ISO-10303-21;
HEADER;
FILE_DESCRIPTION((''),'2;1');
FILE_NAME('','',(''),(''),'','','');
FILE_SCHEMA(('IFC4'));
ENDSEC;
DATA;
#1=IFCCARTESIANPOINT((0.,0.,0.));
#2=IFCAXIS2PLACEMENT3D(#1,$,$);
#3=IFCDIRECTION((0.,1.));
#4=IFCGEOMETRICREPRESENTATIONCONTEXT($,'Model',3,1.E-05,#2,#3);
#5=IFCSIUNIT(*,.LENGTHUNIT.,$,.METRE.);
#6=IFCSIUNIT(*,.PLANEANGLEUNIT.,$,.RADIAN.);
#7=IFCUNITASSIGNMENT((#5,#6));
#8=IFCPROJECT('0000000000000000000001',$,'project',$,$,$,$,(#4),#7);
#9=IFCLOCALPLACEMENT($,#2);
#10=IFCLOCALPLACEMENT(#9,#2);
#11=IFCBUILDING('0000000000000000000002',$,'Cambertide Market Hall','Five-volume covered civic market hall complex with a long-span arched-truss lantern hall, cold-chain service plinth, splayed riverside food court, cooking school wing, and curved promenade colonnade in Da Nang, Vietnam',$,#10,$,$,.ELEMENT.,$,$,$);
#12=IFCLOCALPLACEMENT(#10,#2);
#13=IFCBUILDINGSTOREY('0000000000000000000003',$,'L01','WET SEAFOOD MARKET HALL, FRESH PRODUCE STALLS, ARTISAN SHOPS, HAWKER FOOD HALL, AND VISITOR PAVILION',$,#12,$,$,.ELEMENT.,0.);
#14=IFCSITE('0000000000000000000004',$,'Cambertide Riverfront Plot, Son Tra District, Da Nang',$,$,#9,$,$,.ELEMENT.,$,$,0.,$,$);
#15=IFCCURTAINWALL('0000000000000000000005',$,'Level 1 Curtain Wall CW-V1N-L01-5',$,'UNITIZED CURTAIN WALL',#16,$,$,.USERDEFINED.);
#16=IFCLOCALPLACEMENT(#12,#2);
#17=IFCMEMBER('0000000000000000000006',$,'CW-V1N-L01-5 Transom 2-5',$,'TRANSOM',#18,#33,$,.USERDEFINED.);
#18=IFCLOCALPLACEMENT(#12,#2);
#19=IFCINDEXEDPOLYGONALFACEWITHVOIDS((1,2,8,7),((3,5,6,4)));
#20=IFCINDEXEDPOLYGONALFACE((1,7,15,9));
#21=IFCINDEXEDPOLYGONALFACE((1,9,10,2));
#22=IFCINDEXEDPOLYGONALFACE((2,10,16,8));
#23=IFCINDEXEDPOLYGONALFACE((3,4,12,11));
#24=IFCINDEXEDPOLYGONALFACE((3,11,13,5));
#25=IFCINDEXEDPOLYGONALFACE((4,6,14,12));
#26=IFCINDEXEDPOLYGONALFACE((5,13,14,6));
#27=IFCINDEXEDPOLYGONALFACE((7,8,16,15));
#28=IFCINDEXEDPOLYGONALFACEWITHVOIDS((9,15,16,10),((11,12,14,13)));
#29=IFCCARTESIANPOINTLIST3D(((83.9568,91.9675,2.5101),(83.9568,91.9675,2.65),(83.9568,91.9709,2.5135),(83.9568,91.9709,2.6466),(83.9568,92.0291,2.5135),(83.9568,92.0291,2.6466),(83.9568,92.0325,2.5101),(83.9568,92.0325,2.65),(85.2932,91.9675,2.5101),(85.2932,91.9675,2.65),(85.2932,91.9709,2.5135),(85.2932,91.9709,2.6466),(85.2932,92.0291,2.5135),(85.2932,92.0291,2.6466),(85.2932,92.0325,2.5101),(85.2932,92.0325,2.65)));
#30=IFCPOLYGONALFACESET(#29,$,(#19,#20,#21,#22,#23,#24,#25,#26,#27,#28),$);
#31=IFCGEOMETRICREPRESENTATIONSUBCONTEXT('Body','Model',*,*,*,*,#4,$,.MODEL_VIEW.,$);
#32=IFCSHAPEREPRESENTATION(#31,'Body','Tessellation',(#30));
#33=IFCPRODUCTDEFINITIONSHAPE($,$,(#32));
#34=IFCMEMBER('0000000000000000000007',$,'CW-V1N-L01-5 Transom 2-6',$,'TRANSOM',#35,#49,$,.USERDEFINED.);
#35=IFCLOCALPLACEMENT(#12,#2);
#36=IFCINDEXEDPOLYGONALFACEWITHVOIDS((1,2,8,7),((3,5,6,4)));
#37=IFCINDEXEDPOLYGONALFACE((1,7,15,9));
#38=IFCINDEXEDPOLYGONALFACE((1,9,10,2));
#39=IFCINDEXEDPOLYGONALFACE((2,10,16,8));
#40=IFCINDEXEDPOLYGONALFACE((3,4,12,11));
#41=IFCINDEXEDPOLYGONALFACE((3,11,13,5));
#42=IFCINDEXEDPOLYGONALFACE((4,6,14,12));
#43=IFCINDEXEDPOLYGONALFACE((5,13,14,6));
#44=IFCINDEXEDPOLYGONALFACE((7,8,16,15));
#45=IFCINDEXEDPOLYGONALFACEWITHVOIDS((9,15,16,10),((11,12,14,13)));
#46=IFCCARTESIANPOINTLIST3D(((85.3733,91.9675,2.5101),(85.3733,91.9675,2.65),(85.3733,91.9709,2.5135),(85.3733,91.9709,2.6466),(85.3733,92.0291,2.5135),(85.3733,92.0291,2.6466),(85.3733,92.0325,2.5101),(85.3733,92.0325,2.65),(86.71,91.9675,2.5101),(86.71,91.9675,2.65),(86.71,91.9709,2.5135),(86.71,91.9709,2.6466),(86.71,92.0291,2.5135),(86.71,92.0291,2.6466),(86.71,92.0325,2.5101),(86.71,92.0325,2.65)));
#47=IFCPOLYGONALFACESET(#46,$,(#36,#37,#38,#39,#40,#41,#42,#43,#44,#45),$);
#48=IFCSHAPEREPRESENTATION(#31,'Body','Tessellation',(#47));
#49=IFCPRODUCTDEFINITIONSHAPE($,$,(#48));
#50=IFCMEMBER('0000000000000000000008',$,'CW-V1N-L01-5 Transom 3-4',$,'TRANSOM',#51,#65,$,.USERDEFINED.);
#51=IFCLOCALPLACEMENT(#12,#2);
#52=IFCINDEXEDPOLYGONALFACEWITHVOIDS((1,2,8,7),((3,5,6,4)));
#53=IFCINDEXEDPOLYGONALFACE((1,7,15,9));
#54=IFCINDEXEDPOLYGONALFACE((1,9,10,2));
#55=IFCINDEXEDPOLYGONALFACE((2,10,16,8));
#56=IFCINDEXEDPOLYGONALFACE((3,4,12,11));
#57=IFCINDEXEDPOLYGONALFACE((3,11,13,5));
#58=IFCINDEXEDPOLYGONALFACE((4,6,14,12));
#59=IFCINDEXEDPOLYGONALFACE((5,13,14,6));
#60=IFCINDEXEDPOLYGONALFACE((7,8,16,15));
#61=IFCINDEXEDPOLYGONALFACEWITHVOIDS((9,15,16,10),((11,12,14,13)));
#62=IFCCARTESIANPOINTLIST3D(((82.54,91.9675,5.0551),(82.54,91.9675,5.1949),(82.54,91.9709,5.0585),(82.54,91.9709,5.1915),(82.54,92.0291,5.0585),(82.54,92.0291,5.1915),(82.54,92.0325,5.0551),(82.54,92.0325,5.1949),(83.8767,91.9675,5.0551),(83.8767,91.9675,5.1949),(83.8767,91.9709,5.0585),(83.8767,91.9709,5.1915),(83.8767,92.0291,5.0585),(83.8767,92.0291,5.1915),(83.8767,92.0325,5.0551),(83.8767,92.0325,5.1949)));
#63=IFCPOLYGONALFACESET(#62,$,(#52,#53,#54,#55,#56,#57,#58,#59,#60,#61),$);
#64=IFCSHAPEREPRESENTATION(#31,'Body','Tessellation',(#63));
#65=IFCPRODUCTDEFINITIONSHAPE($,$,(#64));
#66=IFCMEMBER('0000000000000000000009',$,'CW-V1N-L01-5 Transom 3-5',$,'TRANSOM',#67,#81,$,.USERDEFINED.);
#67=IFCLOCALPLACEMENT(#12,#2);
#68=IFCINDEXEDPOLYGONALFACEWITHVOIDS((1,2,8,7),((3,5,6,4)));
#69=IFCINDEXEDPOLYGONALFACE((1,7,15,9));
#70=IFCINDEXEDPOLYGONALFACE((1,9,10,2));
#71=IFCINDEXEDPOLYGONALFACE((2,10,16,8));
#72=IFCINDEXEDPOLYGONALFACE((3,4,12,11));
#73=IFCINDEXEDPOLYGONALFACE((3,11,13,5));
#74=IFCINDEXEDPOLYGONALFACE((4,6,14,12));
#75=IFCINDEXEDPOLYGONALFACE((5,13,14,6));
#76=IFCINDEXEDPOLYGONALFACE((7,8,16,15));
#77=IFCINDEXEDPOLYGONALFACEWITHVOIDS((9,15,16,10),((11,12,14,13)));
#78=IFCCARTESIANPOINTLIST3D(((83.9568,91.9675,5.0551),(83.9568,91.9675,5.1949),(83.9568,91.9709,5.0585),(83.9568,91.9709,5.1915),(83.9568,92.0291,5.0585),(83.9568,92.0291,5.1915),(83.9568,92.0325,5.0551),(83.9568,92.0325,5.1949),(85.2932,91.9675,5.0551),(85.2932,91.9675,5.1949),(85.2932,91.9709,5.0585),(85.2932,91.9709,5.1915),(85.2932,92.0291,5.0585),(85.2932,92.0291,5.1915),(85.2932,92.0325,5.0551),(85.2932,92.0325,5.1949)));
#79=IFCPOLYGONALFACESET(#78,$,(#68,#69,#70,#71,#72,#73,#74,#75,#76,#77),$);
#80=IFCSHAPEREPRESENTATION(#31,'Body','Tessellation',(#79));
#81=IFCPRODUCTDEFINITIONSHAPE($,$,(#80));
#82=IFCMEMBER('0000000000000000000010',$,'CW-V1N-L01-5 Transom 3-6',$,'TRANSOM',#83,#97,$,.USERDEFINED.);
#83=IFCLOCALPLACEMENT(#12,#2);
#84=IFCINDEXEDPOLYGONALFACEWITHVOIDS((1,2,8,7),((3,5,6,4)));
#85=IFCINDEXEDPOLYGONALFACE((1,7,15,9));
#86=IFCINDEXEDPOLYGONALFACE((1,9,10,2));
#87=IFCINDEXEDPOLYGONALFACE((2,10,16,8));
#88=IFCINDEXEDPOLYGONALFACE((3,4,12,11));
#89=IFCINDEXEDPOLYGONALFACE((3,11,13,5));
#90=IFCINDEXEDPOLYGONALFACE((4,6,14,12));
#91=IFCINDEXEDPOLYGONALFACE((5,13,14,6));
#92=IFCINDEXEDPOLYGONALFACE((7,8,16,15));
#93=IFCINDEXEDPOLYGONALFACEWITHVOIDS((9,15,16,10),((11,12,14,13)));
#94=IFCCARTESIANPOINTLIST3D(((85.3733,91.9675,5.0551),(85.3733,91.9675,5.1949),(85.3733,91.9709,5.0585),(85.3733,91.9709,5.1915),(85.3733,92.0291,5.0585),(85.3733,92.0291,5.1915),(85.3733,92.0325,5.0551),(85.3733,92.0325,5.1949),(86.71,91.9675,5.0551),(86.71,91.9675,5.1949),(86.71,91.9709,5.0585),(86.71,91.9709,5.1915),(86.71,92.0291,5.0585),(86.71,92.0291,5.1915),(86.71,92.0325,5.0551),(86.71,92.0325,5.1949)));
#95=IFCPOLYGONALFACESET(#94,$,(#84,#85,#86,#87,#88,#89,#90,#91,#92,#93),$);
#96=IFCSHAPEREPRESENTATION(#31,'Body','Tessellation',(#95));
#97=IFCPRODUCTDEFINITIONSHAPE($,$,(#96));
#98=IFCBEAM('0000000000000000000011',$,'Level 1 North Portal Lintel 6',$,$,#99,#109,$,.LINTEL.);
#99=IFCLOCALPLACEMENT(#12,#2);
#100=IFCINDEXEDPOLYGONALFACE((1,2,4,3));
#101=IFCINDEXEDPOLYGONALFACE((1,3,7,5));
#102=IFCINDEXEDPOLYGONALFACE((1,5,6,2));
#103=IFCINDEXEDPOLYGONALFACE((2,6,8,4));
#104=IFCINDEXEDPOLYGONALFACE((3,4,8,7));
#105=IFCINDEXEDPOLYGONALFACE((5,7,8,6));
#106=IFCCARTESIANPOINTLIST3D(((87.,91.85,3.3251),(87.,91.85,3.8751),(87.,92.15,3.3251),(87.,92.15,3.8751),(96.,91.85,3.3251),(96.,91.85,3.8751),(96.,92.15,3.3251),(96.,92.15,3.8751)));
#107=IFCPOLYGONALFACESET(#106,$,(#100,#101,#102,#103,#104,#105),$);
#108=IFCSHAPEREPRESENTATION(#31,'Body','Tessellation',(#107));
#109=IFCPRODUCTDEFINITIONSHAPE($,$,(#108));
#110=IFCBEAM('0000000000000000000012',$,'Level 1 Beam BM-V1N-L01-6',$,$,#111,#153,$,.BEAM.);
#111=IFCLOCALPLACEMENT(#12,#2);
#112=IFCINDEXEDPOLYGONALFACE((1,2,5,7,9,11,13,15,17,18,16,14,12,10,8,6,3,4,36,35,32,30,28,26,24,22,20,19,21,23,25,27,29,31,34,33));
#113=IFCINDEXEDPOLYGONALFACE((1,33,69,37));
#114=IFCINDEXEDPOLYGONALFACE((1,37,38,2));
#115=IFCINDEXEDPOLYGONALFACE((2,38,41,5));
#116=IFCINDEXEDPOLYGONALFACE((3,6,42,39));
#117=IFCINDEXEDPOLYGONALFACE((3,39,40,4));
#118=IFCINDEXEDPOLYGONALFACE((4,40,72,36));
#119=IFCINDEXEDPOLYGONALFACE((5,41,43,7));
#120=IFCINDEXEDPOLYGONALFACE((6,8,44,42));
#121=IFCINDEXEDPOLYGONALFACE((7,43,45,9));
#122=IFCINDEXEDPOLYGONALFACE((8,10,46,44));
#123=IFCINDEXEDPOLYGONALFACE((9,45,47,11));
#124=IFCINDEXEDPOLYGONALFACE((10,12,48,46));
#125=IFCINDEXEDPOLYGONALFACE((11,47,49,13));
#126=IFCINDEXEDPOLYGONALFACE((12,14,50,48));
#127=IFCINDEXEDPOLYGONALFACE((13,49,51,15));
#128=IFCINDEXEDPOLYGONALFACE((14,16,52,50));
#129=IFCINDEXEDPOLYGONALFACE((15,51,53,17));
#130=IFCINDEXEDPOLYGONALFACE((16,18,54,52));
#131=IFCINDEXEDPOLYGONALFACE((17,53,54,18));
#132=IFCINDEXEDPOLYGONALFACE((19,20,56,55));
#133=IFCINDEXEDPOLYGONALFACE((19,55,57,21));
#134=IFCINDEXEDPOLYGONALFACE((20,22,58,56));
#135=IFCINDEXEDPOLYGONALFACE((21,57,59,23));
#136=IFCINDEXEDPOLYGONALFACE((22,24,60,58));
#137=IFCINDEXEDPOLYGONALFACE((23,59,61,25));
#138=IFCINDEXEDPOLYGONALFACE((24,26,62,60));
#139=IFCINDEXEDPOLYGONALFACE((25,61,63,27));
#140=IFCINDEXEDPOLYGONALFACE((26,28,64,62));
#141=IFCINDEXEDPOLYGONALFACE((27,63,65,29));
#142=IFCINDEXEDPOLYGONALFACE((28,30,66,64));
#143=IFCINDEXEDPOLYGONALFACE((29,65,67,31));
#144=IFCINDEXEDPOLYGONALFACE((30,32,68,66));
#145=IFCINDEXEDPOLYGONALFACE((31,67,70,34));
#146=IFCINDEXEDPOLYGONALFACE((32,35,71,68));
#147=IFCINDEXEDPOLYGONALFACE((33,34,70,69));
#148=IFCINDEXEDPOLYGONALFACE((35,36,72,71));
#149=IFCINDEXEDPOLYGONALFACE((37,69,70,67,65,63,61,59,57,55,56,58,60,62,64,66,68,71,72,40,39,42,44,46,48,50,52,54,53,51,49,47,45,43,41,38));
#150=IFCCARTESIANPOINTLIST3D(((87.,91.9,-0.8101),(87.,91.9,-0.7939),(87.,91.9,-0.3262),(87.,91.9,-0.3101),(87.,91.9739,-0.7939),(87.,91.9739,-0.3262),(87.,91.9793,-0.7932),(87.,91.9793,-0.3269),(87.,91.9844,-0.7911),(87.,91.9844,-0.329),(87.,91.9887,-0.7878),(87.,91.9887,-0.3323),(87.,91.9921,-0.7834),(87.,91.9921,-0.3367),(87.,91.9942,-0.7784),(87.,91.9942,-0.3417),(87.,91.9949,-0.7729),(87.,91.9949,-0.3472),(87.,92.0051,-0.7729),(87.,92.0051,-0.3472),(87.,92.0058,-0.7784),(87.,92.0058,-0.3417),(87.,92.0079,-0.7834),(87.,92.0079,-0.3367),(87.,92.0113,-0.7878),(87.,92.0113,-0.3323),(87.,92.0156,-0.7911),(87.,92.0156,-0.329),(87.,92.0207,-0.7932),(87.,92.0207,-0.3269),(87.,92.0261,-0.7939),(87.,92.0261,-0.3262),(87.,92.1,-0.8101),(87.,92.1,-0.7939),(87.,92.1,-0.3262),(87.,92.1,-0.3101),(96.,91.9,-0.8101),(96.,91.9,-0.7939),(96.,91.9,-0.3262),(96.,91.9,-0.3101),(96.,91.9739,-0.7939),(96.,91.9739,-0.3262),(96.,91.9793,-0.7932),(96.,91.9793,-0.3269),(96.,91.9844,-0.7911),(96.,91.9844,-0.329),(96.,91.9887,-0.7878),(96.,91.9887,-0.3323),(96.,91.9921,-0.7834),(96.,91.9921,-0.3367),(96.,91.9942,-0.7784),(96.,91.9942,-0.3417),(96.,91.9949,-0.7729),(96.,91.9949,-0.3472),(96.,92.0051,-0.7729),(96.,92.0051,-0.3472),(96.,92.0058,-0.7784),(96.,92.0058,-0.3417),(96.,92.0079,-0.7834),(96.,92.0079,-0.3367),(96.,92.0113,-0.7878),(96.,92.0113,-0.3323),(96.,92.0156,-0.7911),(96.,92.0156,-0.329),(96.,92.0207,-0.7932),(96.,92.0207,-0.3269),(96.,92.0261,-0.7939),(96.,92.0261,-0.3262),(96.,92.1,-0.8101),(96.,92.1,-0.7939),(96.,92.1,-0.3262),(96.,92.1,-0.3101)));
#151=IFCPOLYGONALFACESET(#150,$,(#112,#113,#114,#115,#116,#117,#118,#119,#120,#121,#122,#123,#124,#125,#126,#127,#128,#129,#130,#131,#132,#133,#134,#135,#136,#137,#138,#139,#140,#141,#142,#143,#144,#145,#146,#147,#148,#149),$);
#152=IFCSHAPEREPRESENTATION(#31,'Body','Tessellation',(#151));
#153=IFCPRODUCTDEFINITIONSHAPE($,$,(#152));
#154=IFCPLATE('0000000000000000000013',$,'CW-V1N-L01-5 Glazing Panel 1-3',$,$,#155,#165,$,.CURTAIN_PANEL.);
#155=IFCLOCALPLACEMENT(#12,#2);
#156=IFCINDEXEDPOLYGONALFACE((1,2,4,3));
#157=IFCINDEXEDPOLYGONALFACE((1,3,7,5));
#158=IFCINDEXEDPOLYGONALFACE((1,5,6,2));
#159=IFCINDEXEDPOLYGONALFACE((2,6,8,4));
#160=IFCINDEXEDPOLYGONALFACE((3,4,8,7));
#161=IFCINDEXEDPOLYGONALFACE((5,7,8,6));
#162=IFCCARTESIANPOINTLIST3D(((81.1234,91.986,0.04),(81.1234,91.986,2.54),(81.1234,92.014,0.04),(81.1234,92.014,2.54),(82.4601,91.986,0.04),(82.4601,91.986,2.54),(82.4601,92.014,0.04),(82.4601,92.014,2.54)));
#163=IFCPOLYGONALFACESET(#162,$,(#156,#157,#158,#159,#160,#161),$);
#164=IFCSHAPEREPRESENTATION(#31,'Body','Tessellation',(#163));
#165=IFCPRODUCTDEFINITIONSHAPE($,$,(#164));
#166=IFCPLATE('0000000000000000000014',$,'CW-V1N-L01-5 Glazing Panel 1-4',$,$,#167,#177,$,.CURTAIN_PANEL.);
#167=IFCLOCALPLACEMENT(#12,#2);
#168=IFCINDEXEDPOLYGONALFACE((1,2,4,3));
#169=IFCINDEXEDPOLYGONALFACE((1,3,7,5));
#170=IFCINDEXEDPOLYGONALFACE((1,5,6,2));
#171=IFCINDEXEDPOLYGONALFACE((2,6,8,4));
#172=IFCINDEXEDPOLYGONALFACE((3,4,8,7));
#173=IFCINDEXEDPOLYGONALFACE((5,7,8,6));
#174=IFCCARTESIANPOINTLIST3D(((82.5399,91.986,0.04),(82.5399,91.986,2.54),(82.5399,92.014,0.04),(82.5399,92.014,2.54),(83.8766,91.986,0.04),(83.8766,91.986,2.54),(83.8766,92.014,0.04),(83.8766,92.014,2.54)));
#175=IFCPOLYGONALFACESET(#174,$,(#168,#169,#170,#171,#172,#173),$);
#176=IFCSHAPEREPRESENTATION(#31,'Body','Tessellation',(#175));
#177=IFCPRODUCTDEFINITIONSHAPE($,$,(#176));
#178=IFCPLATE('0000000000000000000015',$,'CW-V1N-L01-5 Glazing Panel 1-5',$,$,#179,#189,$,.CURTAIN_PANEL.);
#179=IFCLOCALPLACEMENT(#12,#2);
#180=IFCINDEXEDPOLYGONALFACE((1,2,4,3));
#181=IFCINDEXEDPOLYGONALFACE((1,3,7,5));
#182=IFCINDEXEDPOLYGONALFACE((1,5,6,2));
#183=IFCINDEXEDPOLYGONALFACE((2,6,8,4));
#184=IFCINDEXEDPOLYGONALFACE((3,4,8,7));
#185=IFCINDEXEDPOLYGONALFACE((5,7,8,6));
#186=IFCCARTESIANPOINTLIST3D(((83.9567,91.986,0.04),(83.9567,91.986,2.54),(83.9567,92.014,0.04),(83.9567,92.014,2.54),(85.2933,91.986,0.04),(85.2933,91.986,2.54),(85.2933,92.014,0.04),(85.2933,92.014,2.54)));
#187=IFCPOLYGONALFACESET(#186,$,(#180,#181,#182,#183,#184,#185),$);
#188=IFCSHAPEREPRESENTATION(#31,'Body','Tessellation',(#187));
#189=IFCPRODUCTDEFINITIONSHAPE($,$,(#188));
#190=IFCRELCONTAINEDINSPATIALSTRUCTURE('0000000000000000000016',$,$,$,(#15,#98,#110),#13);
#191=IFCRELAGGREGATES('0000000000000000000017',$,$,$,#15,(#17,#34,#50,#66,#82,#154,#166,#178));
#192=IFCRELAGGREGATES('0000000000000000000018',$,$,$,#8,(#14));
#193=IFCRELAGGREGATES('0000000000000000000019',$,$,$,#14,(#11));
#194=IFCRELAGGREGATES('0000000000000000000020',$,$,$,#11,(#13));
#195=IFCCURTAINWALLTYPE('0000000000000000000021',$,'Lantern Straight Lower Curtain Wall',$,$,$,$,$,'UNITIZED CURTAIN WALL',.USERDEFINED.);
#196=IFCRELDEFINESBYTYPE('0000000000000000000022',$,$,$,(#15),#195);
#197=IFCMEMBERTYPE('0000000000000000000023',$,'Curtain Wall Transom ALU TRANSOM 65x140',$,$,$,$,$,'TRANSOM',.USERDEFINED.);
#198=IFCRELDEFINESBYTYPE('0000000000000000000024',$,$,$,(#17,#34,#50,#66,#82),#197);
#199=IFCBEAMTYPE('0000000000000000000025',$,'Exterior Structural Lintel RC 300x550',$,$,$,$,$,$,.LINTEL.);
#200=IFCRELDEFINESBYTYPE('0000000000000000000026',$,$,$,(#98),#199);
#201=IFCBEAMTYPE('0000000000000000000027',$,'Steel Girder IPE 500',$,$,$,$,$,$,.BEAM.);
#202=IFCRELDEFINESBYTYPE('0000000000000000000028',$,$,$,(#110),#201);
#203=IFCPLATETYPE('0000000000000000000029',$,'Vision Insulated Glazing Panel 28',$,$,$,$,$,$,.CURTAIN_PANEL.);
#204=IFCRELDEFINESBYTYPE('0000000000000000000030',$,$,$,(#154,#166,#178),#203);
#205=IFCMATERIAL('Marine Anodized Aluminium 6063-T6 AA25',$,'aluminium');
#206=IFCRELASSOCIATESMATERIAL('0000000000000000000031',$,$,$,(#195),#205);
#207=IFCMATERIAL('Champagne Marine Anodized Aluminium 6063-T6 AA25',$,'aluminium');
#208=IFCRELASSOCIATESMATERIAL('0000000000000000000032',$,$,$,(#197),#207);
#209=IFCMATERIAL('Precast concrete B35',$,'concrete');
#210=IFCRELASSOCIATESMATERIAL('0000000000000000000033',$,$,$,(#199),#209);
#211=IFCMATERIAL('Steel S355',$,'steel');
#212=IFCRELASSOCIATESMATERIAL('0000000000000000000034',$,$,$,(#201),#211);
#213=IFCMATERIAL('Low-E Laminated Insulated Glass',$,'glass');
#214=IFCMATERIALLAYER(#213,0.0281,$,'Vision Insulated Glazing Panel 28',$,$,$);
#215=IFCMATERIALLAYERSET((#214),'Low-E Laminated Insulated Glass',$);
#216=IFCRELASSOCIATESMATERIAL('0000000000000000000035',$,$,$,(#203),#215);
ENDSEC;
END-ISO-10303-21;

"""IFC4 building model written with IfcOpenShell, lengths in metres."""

from ifc_helpers import new_model, si_unit, direction, frame, origin, origin_2d, place, context, subcontext, project, spatial, rectangle, hollow_rectangle, i_section, extrude, material, layer, layer_set, material_profile, profile_set, type_object, element, aggregate, save


model = new_model("IFC4")

# Units and contexts
model_context = context("Model", 3, precision=1e-05, world=origin(), true_north=direction((0.0, 1.0)))
body_context = subcontext(model_context, "Body", "Model", "MODEL_VIEW")
ifc_project = project(units=[si_unit("LENGTHUNIT", "METRE"), si_unit("PLANEANGLEUNIT", "RADIAN")], contexts=[model_context])

# Site, building, storey
site_placement = place(None, origin())
site = spatial("IfcSite", under=ifc_project, at=site_placement, Name="Cambertide Riverfront Plot, Son Tra District, Da Nang", CompositionType="ELEMENT", RefElevation=0.0)
building_placement = place(site_placement, origin())
building = spatial("IfcBuilding", under=site, at=building_placement, Name="Cambertide Market Hall", Description="Five-volume covered civic market hall complex with a long-span arched-truss lantern hall, cold-chain service plinth, splayed riverside food court, cooking school wing, and curved promenade colonnade in Da Nang, Vietnam", CompositionType="ELEMENT")
storey_placement = place(building_placement, origin())
storey = spatial("IfcBuildingStorey", under=building, at=storey_placement, Name="L01", Description="WET SEAFOOD MARKET HALL, FRESH PRODUCE STALLS, ARTISAN SHOPS, HAWKER FOOD HALL, AND VISITOR PAVILION", CompositionType="ELEMENT", Elevation=0.0)

# Curtain wall, members
ifc_material_1 = material(Name="Marine Anodized Aluminium 6063-T6 AA25", Category="aluminium")
curtain_wall_type = type_object("IfcCurtainWallType", Name="Lantern Straight Lower Curtain Wall", ElementType="UNITIZED CURTAIN WALL", PredefinedType="USERDEFINED", material=ifc_material_1)
curtain_wall_placement = place(storey_placement, origin())
curtain_wall = element("IfcCurtainWall", 1, at=curtain_wall_placement, inside=storey, type_object=curtain_wall_type, Name="Level 1 Curtain Wall CW-V1N-L01-5", ObjectType="UNITIZED CURTAIN WALL", PredefinedType="USERDEFINED")
ifc_material_2 = material(Name="Champagne Marine Anodized Aluminium 6063-T6 AA25", Category="aluminium")
ifc_material_profile_1 = material_profile(ifc_material_2, hollow_rectangle(XDim=0.0649, YDim=0.1399, WallThickness=0.0034, at=origin_2d()), Name="ALU TRANSOM 65x140")
ifc_profile_set_1 = profile_set([ifc_material_profile_1], Name="Champagne Marine Anodized Aluminium 6063-T6 AA25")
member_type_1 = type_object("IfcMemberType", Name="Curtain Wall Transom ALU TRANSOM 65x140", ElementType="TRANSOM", PredefinedType="USERDEFINED", material=ifc_profile_set_1)
member_1_placement = place(storey_placement, frame((83.9568, 92.0, 2.5801), z_axis=(1.0, 0.0, 0.0), x_axis=(0.0, 1.0, 0.0)))
member_1 = element("IfcMember", 2, at=member_1_placement, type_object=member_type_1, Name="CW-V1N-L01-5 Transom 2-5", ObjectType="TRANSOM", PredefinedType="USERDEFINED", context=body_context, shape_type="SweptSolid", body=[
    extrude(hollow_rectangle(XDim=0.0649, YDim=0.1399, WallThickness=0.0034, at=origin_2d()), origin(), (0.0, 0.0, 1.0), 1.3364),
])
member_2_placement = place(storey_placement, frame((85.3733, 92.0, 2.5801), z_axis=(1.0, 0.0, 0.0), x_axis=(0.0, 1.0, 0.0)))
member_2 = element("IfcMember", 3, at=member_2_placement, type_object=member_type_1, Name="CW-V1N-L01-5 Transom 2-6", ObjectType="TRANSOM", PredefinedType="USERDEFINED", context=body_context, shape_type="SweptSolid", body=[
    extrude(hollow_rectangle(XDim=0.0649, YDim=0.1399, WallThickness=0.0034, at=origin_2d()), origin(), (0.0, 0.0, 1.0), 1.3367),
])
member_3_placement = place(storey_placement, frame((82.54, 92.0, 5.125), z_axis=(1.0, 0.0, 0.0), x_axis=(0.0, 1.0, 0.0)))
member_3 = element("IfcMember", 4, at=member_3_placement, type_object=member_type_1, Name="CW-V1N-L01-5 Transom 3-4", ObjectType="TRANSOM", PredefinedType="USERDEFINED", context=body_context, shape_type="SweptSolid", body=[
    extrude(hollow_rectangle(XDim=0.0649, YDim=0.1399, WallThickness=0.0034, at=origin_2d()), origin(), (0.0, 0.0, 1.0), 1.3367),
])
member_4_placement = place(storey_placement, frame((83.9568, 92.0, 5.125), z_axis=(1.0, 0.0, 0.0), x_axis=(0.0, 1.0, 0.0)))
member_4 = element("IfcMember", 5, at=member_4_placement, type_object=member_type_1, Name="CW-V1N-L01-5 Transom 3-5", ObjectType="TRANSOM", PredefinedType="USERDEFINED", context=body_context, shape_type="SweptSolid", body=[
    extrude(hollow_rectangle(XDim=0.0649, YDim=0.1399, WallThickness=0.0034, at=origin_2d()), origin(), (0.0, 0.0, 1.0), 1.3364),
])
member_5_placement = place(storey_placement, frame((85.3733, 92.0, 5.125), z_axis=(1.0, 0.0, 0.0), x_axis=(0.0, 1.0, 0.0)))
member_5 = element("IfcMember", 6, at=member_5_placement, type_object=member_type_1, Name="CW-V1N-L01-5 Transom 3-6", ObjectType="TRANSOM", PredefinedType="USERDEFINED", context=body_context, shape_type="SweptSolid", body=[
    extrude(hollow_rectangle(XDim=0.0649, YDim=0.1399, WallThickness=0.0034, at=origin_2d()), origin(), (0.0, 0.0, 1.0), 1.3367),
])

# Beams
ifc_material_3 = material(Name="Precast concrete B35", Category="concrete")
ifc_material_profile_2 = material_profile(ifc_material_3, rectangle(XDim=0.3, YDim=0.55, at=origin_2d()), Name="RC 300x550")
ifc_profile_set_2 = profile_set([ifc_material_profile_2], Name="Precast concrete B35")
beam_type_1 = type_object("IfcBeamType", Name="Exterior Structural Lintel RC 300x550", PredefinedType="LINTEL", material=ifc_profile_set_2)
beam_1_placement = place(storey_placement, frame((87.0, 92.0, 3.6001), z_axis=(1.0, 0.0, 0.0), x_axis=(0.0, 1.0, 0.0)))
element("IfcBeam", 7, at=beam_1_placement, inside=storey, type_object=beam_type_1, Name="Level 1 North Portal Lintel 6", PredefinedType="LINTEL", context=body_context, shape_type="SweptSolid", body=[
    extrude(rectangle(XDim=0.3, YDim=0.55, at=origin_2d()), origin(), (0.0, 0.0, 1.0), 9.0),
])
ifc_material_4 = material(Name="Steel S355", Category="steel")
ifc_material_profile_3 = material_profile(ifc_material_4, i_section(OverallWidth=0.2, OverallDepth=0.5, WebThickness=0.0103, FlangeThickness=0.0161, FilletRadius=0.021, at=origin_2d()), Name="IPE 500")
ifc_profile_set_3 = profile_set([ifc_material_profile_3], Name="Steel S355")
beam_type_2 = type_object("IfcBeamType", Name="Steel Girder IPE 500", PredefinedType="BEAM", material=ifc_profile_set_3)
beam_2_placement = place(storey_placement, frame((87.0, 92.0, -0.5601), z_axis=(1.0, 0.0, 0.0), x_axis=(0.0, 1.0, 0.0)))
element("IfcBeam", 8, at=beam_2_placement, inside=storey, type_object=beam_type_2, Name="Level 1 Beam BM-V1N-L01-6", PredefinedType="BEAM", context=body_context, shape_type="SweptSolid", body=[
    extrude(i_section(OverallWidth=0.2, OverallDepth=0.5, WebThickness=0.0103, FlangeThickness=0.0161, FilletRadius=0.021, at=origin_2d()), origin(), (0.0, 0.0, 1.0), 9.0),
])

# Plates
ifc_material_5 = material(Name="Low-E Laminated Insulated Glass", Category="glass")
ifc_layer_1 = layer(ifc_material_5, 0.0281, Name="Vision Insulated Glazing Panel 28")
ifc_layer_set_1 = layer_set([ifc_layer_1], Name="Low-E Laminated Insulated Glass")
plate_type = type_object("IfcPlateType", Name="Vision Insulated Glazing Panel 28", PredefinedType="CURTAIN_PANEL", material=ifc_layer_set_1)
plate_1_placement = place(storey_placement, frame((81.7917, 92.0, 0.04), z_axis=(0.0, 0.0, 1.0), x_axis=(1.0, 0.0, 0.0)))
plate_1 = element("IfcPlate", 9, at=plate_1_placement, type_object=plate_type, Name="CW-V1N-L01-5 Glazing Panel 1-3", PredefinedType="CURTAIN_PANEL", context=body_context, shape_type="SweptSolid", body=[
    extrude(rectangle(XDim=1.3367, YDim=0.0281, at=origin_2d()), origin(), (0.0, 0.0, 1.0), 2.5),
])
plate_2_placement = place(storey_placement, frame((83.2083, 92.0, 0.04), z_axis=(0.0, 0.0, 1.0), x_axis=(1.0, 0.0, 0.0)))
plate_2 = element("IfcPlate", 10, at=plate_2_placement, type_object=plate_type, Name="CW-V1N-L01-5 Glazing Panel 1-4", PredefinedType="CURTAIN_PANEL", context=body_context, shape_type="SweptSolid", body=[
    extrude(rectangle(XDim=1.3367, YDim=0.0281, at=origin_2d()), origin(), (0.0, 0.0, 1.0), 2.5),
])
plate_3_placement = place(storey_placement, frame((84.625, 92.0, 0.04), z_axis=(0.0, 0.0, 1.0), x_axis=(1.0, 0.0, 0.0)))
plate_3 = element("IfcPlate", 11, at=plate_3_placement, type_object=plate_type, Name="CW-V1N-L01-5 Glazing Panel 1-5", PredefinedType="CURTAIN_PANEL", context=body_context, shape_type="SweptSolid", body=[
    extrude(rectangle(XDim=1.3367, YDim=0.0281, at=origin_2d()), origin(), (0.0, 0.0, 1.0), 2.5),
])
aggregate(curtain_wall, [member_1, member_2, member_3, member_4, member_5, plate_1, plate_2, plate_3])

save(model, "model.ifc")
